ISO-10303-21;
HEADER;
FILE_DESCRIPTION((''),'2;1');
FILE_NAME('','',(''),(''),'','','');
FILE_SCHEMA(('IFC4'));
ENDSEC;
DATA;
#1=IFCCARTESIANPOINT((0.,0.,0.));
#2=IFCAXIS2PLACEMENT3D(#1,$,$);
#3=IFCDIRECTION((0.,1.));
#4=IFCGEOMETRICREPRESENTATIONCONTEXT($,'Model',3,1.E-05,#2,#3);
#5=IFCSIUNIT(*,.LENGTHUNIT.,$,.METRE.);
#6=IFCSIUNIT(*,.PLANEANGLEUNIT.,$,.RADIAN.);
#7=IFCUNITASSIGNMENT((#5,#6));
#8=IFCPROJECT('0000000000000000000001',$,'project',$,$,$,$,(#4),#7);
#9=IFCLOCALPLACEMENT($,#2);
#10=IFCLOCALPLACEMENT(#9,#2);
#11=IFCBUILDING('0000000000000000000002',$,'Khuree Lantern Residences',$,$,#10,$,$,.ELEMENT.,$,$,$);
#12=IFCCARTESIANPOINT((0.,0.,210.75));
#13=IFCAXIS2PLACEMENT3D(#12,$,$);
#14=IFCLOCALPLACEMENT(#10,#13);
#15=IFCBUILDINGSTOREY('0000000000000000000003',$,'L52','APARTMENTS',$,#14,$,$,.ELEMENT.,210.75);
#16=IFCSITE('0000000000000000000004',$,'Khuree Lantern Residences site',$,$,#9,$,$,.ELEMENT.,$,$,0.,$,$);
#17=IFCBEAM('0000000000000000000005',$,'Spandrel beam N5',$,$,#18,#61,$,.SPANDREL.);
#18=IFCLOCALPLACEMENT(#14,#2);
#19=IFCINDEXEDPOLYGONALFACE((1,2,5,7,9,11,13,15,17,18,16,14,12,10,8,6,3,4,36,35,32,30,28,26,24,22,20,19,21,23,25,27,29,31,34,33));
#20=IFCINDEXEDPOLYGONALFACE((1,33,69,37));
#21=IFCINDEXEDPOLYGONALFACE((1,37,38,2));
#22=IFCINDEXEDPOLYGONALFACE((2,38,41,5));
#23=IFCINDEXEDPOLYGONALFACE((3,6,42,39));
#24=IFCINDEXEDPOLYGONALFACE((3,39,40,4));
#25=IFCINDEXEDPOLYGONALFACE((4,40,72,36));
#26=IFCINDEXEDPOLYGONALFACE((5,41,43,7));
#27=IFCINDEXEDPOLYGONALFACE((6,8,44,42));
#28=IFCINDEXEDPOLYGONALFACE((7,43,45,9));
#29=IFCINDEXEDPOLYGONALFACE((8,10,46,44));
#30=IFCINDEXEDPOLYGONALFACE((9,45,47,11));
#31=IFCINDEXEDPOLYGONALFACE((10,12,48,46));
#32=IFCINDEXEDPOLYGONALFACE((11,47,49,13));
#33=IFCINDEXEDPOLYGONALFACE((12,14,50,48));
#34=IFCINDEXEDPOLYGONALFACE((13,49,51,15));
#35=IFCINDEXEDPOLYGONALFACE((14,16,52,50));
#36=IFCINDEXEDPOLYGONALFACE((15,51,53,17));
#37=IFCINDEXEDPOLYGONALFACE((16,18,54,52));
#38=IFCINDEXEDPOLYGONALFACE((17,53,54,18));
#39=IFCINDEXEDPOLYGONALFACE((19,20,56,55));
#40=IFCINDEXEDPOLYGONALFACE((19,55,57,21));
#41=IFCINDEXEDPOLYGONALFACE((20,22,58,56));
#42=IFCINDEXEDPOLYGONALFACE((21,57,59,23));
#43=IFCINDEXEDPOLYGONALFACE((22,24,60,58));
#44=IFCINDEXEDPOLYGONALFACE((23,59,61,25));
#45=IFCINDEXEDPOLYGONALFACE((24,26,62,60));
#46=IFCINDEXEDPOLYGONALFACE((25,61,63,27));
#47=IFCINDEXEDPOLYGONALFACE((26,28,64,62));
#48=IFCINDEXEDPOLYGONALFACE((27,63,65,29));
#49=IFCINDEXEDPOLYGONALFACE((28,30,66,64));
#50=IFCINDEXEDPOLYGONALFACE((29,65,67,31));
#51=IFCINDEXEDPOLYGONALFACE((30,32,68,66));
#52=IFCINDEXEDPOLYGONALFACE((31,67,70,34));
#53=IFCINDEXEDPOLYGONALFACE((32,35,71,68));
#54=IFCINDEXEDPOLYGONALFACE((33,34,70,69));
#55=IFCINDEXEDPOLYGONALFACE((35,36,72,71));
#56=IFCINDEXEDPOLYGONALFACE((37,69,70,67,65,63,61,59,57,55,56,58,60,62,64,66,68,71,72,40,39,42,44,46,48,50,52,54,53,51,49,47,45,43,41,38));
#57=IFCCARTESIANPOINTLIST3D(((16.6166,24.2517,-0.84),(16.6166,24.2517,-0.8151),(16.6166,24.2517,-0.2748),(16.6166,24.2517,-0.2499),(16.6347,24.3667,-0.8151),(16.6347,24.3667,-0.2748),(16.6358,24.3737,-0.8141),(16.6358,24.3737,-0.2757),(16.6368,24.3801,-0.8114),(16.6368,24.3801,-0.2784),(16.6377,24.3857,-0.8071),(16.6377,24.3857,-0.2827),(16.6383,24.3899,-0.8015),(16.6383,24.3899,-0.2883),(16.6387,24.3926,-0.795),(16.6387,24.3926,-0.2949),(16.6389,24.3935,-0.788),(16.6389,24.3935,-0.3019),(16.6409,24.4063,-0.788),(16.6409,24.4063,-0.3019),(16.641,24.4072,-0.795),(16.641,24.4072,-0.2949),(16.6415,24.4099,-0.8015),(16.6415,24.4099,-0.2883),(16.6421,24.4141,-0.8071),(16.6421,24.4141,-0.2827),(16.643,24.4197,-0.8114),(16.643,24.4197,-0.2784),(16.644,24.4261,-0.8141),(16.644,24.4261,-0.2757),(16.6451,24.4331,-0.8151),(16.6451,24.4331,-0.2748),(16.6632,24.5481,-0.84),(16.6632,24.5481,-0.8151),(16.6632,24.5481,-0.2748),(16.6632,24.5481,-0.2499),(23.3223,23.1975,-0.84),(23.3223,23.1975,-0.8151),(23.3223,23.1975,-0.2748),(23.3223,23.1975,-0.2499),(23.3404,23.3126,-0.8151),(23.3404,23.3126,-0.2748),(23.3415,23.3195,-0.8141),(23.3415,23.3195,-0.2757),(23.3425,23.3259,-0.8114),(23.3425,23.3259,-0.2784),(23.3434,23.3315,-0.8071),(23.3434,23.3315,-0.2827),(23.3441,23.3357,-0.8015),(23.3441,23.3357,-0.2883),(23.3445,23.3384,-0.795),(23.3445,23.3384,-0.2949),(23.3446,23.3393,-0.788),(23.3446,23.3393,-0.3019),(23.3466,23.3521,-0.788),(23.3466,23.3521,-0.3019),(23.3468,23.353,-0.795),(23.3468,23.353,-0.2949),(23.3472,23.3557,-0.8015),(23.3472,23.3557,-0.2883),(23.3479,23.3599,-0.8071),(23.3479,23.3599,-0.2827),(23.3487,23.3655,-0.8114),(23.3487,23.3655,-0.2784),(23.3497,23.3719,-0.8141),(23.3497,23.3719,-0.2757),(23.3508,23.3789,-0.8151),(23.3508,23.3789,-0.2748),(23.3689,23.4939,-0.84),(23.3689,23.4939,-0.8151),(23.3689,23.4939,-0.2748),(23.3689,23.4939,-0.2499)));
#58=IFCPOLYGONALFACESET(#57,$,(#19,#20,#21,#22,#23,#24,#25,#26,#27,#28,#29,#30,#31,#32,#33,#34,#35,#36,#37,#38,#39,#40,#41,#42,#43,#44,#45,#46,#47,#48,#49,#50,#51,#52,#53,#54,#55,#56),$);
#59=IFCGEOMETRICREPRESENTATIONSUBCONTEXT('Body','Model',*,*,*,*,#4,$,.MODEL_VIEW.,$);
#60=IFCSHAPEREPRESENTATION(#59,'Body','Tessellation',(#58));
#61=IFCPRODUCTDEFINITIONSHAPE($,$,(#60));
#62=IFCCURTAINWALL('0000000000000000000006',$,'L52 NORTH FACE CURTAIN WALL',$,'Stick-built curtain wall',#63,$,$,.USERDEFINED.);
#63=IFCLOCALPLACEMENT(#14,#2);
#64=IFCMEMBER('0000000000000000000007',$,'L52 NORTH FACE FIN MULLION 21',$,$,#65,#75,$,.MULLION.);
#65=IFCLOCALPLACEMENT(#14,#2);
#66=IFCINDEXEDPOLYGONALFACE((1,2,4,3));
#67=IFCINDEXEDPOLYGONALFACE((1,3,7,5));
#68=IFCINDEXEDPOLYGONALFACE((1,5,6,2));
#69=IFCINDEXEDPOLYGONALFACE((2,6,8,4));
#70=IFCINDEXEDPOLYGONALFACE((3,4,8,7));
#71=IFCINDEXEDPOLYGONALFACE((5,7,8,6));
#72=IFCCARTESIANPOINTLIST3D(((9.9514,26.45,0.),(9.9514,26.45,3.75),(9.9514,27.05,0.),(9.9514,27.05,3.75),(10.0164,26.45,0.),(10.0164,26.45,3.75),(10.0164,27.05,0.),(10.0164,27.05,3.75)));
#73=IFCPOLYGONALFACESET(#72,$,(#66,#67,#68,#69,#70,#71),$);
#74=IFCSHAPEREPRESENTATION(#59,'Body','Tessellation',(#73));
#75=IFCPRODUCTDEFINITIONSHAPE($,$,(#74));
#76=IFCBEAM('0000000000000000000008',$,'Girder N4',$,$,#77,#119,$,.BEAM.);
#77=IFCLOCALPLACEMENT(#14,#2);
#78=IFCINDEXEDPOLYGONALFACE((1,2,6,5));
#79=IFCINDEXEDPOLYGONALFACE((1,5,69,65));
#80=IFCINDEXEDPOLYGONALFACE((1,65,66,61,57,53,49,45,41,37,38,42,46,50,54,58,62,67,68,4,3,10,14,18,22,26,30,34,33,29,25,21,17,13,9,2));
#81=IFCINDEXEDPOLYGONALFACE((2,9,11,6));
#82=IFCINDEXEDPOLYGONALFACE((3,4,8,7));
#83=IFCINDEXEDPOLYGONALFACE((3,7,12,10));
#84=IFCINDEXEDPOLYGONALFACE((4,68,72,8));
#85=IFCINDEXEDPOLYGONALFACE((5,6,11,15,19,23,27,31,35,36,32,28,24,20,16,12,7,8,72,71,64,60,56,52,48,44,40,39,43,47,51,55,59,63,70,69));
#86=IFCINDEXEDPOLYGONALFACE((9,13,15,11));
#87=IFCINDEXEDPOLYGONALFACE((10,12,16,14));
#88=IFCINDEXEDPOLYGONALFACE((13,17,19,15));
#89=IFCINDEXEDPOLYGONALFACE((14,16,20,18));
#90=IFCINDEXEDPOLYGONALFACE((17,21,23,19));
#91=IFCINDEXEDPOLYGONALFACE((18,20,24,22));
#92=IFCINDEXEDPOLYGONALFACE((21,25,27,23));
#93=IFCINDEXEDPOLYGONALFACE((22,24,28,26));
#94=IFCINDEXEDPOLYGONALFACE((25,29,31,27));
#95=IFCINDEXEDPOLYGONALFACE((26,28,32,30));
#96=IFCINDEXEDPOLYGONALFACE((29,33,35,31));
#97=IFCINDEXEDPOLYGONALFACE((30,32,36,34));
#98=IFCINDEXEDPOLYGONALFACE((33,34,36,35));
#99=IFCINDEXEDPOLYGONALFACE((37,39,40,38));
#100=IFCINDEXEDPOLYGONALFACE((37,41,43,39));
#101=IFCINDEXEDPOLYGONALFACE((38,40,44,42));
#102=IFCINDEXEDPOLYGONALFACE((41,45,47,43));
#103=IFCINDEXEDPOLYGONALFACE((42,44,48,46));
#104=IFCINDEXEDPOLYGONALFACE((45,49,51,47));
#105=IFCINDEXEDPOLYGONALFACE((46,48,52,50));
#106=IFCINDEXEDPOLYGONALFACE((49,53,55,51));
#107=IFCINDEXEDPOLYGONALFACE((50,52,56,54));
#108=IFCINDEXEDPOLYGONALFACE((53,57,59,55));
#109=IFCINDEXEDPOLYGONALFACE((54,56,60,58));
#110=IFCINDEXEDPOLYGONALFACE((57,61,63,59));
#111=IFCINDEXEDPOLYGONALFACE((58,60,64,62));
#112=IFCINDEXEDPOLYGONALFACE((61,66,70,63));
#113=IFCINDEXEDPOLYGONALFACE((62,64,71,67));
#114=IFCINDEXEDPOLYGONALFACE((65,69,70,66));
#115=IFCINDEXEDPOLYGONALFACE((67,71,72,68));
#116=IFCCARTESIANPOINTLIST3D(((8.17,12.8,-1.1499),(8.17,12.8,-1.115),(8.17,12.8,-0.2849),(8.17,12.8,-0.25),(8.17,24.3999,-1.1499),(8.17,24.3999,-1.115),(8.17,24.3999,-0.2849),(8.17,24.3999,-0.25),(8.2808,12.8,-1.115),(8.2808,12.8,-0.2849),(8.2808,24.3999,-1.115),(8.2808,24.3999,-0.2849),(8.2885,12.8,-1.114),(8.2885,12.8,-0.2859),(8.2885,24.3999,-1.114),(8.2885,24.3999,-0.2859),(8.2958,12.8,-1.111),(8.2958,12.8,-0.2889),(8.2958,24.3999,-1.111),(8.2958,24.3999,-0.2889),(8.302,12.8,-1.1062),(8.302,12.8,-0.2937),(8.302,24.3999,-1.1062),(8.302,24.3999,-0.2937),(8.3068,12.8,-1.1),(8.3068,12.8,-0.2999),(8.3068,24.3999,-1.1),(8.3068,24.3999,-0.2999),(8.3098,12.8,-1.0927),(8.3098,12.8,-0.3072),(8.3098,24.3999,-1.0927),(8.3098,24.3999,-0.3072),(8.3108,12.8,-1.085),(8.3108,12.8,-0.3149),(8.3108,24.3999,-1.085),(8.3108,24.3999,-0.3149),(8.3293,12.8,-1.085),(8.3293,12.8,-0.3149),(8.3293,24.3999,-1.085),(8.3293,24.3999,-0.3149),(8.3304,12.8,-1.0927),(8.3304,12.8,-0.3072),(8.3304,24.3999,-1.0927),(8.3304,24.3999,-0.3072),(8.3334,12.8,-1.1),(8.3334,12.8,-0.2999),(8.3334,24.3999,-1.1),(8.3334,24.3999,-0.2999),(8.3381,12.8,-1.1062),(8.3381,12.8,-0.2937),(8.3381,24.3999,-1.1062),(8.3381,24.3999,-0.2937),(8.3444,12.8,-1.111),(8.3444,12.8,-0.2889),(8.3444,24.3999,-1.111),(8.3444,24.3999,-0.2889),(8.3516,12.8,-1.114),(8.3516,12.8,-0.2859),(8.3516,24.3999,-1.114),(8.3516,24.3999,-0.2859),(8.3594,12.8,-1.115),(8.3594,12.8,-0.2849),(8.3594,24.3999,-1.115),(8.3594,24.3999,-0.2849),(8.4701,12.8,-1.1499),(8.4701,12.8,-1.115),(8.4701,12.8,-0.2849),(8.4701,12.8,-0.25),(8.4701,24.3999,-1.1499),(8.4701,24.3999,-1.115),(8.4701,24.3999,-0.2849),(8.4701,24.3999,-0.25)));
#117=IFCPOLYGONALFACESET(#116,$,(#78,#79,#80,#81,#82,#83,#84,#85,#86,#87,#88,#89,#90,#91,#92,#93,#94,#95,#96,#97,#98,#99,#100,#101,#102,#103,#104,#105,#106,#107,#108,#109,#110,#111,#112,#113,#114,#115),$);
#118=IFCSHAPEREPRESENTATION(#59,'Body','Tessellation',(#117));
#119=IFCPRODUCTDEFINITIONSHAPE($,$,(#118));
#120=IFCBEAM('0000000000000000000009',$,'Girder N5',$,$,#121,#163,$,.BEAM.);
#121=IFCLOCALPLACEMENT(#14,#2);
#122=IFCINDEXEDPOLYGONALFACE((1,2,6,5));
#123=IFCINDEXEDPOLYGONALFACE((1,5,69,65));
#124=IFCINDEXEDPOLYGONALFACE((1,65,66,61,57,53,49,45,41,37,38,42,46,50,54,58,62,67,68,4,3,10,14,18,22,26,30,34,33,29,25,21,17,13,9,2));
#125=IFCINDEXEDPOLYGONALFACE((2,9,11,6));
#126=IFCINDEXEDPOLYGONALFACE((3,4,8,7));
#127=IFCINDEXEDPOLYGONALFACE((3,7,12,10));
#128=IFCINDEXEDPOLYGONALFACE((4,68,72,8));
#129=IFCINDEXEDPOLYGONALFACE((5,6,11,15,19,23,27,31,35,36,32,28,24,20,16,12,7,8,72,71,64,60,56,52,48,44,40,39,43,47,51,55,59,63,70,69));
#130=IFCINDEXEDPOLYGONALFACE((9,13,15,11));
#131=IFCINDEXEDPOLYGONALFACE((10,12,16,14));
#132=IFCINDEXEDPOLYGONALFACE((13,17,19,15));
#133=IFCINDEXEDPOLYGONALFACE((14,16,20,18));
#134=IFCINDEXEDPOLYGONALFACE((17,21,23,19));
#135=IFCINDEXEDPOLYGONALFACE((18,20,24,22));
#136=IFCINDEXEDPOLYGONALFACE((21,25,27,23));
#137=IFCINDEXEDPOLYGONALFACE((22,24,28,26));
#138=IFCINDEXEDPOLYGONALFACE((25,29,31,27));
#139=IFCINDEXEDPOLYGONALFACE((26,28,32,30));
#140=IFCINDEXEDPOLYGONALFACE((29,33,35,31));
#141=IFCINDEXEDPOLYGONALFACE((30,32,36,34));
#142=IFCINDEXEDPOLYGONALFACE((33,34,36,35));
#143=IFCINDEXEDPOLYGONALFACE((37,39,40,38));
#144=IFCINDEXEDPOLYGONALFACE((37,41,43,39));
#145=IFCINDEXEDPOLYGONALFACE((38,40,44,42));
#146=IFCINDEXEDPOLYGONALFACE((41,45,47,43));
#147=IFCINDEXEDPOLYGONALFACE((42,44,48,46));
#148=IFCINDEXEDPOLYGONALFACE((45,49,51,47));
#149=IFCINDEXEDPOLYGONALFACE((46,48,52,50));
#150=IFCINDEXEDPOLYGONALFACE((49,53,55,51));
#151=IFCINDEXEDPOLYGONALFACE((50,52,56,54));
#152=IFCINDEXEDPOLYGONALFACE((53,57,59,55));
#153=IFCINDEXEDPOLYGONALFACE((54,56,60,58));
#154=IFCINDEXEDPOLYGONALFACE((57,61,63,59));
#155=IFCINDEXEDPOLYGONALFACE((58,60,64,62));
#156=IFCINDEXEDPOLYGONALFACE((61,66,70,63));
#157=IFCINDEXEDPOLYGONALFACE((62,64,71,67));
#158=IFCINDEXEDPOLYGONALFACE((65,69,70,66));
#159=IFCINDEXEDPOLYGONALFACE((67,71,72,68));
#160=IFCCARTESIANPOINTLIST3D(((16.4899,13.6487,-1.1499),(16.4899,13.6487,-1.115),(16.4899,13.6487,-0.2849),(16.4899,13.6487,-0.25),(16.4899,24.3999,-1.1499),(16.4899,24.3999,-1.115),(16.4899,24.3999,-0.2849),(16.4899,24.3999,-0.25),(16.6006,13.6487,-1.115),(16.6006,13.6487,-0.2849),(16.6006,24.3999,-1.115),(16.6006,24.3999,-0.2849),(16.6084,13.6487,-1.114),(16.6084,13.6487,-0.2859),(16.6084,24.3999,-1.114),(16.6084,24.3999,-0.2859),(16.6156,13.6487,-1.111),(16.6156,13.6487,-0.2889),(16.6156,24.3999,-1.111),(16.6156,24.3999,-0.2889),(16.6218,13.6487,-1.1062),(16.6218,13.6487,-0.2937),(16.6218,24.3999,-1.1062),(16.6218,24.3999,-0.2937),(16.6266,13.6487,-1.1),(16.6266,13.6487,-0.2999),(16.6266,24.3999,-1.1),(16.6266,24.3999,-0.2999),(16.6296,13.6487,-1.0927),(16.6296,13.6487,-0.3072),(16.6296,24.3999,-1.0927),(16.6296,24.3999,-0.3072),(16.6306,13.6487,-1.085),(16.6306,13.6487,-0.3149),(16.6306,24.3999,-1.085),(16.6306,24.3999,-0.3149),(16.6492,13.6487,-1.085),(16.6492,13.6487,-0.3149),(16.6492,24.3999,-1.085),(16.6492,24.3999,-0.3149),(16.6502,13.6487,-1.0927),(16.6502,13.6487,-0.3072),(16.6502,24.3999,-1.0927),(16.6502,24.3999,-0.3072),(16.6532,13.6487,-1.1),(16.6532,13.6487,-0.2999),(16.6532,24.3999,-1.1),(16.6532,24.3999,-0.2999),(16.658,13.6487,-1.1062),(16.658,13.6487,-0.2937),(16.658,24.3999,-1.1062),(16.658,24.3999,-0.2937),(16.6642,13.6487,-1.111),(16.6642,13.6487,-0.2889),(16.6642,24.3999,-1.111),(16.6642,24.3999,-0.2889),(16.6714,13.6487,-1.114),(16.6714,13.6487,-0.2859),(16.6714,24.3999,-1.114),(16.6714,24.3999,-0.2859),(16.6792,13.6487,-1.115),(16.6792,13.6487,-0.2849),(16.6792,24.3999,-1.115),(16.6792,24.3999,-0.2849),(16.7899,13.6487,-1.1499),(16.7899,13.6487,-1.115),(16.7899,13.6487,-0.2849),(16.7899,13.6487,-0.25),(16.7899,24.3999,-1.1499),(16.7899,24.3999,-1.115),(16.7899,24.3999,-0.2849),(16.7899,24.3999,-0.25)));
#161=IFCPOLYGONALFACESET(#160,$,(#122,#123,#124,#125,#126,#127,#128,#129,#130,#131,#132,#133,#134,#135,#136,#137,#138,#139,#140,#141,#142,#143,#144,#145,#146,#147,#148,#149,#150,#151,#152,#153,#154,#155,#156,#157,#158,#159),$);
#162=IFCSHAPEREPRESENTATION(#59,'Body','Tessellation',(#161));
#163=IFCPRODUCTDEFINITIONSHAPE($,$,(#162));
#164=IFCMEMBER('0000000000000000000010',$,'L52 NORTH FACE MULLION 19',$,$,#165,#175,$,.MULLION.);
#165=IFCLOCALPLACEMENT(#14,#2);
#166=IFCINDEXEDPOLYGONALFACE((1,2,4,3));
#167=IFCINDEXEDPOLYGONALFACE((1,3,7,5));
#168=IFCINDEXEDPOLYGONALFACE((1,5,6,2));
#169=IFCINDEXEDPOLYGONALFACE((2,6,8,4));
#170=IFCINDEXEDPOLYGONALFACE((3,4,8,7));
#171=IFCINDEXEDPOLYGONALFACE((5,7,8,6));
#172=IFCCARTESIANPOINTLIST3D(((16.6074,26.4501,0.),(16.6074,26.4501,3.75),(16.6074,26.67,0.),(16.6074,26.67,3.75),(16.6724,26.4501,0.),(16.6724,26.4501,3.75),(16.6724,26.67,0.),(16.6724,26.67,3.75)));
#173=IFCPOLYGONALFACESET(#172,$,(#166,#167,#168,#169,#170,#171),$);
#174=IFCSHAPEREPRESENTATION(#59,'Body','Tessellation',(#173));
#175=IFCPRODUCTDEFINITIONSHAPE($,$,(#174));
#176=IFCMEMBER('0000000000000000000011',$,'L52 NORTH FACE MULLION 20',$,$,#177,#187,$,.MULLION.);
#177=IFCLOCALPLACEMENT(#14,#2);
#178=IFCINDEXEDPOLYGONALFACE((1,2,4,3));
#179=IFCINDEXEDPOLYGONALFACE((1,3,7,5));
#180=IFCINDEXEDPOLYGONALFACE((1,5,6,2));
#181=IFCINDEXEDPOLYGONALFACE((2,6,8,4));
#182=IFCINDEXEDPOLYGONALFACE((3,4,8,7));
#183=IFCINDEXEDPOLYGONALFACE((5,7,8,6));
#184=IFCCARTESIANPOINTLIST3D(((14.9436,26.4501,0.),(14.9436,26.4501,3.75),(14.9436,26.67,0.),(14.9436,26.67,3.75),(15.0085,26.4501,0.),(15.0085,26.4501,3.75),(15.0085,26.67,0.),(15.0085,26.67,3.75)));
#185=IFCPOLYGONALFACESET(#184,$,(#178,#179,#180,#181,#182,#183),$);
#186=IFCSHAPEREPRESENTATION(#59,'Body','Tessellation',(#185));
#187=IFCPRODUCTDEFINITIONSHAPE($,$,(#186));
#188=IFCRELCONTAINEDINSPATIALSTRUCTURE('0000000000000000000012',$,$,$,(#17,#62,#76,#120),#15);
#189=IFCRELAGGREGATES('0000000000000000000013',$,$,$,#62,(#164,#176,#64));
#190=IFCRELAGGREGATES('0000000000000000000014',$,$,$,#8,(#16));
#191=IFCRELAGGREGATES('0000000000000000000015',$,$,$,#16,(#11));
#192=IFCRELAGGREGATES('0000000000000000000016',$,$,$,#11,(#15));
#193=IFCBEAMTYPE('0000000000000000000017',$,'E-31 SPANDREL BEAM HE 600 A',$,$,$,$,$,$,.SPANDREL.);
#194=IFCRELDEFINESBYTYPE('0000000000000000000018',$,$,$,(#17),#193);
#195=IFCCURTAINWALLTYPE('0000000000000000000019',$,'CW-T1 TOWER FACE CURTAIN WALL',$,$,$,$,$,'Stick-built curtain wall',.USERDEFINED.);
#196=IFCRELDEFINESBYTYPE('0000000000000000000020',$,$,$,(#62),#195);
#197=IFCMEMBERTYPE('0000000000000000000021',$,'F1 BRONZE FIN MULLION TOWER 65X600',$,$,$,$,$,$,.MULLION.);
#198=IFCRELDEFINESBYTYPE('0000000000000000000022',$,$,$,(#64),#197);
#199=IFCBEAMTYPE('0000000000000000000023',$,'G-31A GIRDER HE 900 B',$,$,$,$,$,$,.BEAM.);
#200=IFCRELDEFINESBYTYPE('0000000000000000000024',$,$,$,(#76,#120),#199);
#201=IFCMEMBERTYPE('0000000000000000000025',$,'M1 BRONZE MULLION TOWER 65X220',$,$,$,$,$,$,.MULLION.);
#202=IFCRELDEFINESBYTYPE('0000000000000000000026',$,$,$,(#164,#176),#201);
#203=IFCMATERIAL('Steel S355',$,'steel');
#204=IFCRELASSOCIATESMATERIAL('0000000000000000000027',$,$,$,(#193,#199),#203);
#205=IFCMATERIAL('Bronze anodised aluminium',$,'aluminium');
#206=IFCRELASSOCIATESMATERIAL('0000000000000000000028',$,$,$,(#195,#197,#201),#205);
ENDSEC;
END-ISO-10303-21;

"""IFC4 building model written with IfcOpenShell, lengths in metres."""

from ifc_helpers import new_model, si_unit, direction, frame, origin, origin_2d, place, context, subcontext, project, spatial, rectangle, i_section, extrude, material, material_profile, profile_set, type_object, element, aggregate, save


model = new_model("IFC4")

# Units and contexts
model_context = context("Model", 3, precision=1e-05, world=origin(), true_north=direction((0.0, 1.0)))
body_context = subcontext(model_context, "Body", "Model", "MODEL_VIEW")
ifc_project = project(units=[si_unit("LENGTHUNIT", "METRE"), si_unit("PLANEANGLEUNIT", "RADIAN")], contexts=[model_context])

# Site, building, storey
site_placement = place(None, origin())
site = spatial("IfcSite", under=ifc_project, at=site_placement, Name="Khuree Lantern Residences site", CompositionType="ELEMENT", RefElevation=0.0)
building_placement = place(site_placement, origin())
building = spatial("IfcBuilding", under=site, at=building_placement, Name="Khuree Lantern Residences", CompositionType="ELEMENT")
storey_placement = place(building_placement, frame((0.0, 0.0, 210.75)))
storey = spatial("IfcBuildingStorey", under=building, at=storey_placement, Name="L52", Description="APARTMENTS", CompositionType="ELEMENT", Elevation=210.75)

# Beam
ifc_material_1 = material(Name="Steel S355", Category="steel")
ifc_material_profile_1 = material_profile(ifc_material_1, i_section(OverallWidth=0.3, OverallDepth=0.5901, WebThickness=0.0129, FlangeThickness=0.0249, FilletRadius=0.0271, at=origin_2d()), Name="HE 600 A")
ifc_profile_set_1 = profile_set([ifc_material_profile_1], Name="Steel S355")
beam_type_1 = type_object("IfcBeamType", Name="E-31 SPANDREL BEAM HE 600 A", PredefinedType="SPANDREL", material=ifc_profile_set_1)
beam_1_placement = place(storey_placement, frame((16.6399, 24.3999, -0.5449), z_axis=(0.987867, -0.1553, 0.0), x_axis=(0.1553, 0.987867, 0.0)))
element("IfcBeam", 1, at=beam_1_placement, inside=storey, type_object=beam_type_1, Name="Spandrel beam N5", PredefinedType="SPANDREL", context=body_context, shape_type="SweptSolid", body=[
    extrude(i_section(OverallWidth=0.3, OverallDepth=0.5901, WebThickness=0.0129, FlangeThickness=0.0249, FilletRadius=0.0271, at=origin_2d()), origin(), (0.0, 0.0, 1.0), 6.7881),
])

# Curtain wall, member
ifc_material_2 = material(Name="Bronze anodised aluminium", Category="aluminium")
curtain_wall_type = type_object("IfcCurtainWallType", Name="CW-T1 TOWER FACE CURTAIN WALL", ElementType="Stick-built curtain wall", PredefinedType="USERDEFINED", material=ifc_material_2)
curtain_wall_placement = place(storey_placement, origin())
curtain_wall = element("IfcCurtainWall", 2, at=curtain_wall_placement, inside=storey, type_object=curtain_wall_type, Name="L52 NORTH FACE CURTAIN WALL", ObjectType="Stick-built curtain wall", PredefinedType="USERDEFINED")
ifc_material_profile_2 = material_profile(ifc_material_2, rectangle(XDim=0.0649, YDim=0.6001, at=origin_2d()), Name="F1 65X600")
ifc_profile_set_2 = profile_set([ifc_material_profile_2], Name="Bronze anodised aluminium")
member_type_1 = type_object("IfcMemberType", Name="F1 BRONZE FIN MULLION TOWER 65X600", PredefinedType="MULLION", material=ifc_profile_set_2)
member_1_placement = place(storey_placement, frame((9.9839, 26.75, 0.0), z_axis=(0.0, 0.0, 1.0), x_axis=(-1.0, 0.0, 0.0)))
member_1 = element("IfcMember", 3, at=member_1_placement, type_object=member_type_1, Name="L52 NORTH FACE FIN MULLION 21", PredefinedType="MULLION", context=body_context, shape_type="SweptSolid", body=[
    extrude(rectangle(XDim=0.0649, YDim=0.6001, at=origin_2d()), origin(), (0.0, 0.0, 1.0), 3.75),
])

# Beams
ifc_material_profile_3 = material_profile(ifc_material_1, i_section(OverallWidth=0.3, OverallDepth=0.8999, WebThickness=0.0186, FlangeThickness=0.0349, FilletRadius=0.03, at=origin_2d()), Name="HE 900 B")
ifc_profile_set_3 = profile_set([ifc_material_profile_3], Name="Steel S355")
beam_type_2 = type_object("IfcBeamType", Name="G-31A GIRDER HE 900 B", PredefinedType="BEAM", material=ifc_profile_set_3)
beam_2_placement = place(storey_placement, frame((8.3201, 24.3999, -0.7), z_axis=(0.0, -1.0, 0.0), x_axis=(1.0, 0.0, 0.0)))
element("IfcBeam", 4, at=beam_2_placement, inside=storey, type_object=beam_type_2, Name="Girder N4", PredefinedType="BEAM", context=body_context, shape_type="SweptSolid", body=[
    extrude(i_section(OverallWidth=0.3, OverallDepth=0.8999, WebThickness=0.0186, FlangeThickness=0.0349, FilletRadius=0.03, at=origin_2d()), origin(), (0.0, 0.0, 1.0), 11.5999),
])
beam_3_placement = place(storey_placement, frame((16.6399, 24.3999, -0.7), z_axis=(0.0, -1.0, 0.0), x_axis=(1.0, 0.0, 0.0)))
element("IfcBeam", 5, at=beam_3_placement, inside=storey, type_object=beam_type_2, Name="Girder N5", PredefinedType="BEAM", context=body_context, shape_type="SweptSolid", body=[
    extrude(i_section(OverallWidth=0.3, OverallDepth=0.8999, WebThickness=0.0186, FlangeThickness=0.0349, FilletRadius=0.03, at=origin_2d()), origin(), (0.0, 0.0, 1.0), 10.7512),
])

# Members
ifc_material_profile_4 = material_profile(ifc_material_2, rectangle(XDim=0.0649, YDim=0.22, at=origin_2d()), Name="M1 65X220")
ifc_profile_set_4 = profile_set([ifc_material_profile_4], Name="Bronze anodised aluminium")
member_type_2 = type_object("IfcMemberType", Name="M1 BRONZE MULLION TOWER 65X220", PredefinedType="MULLION", material=ifc_profile_set_4)
member_2_placement = place(storey_placement, frame((16.6399, 26.5601, 0.0), z_axis=(0.0, 0.0, 1.0), x_axis=(-1.0, 0.0, 0.0)))
member_2 = element("IfcMember", 6, at=member_2_placement, type_object=member_type_2, Name="L52 NORTH FACE MULLION 19", PredefinedType="MULLION", context=body_context, shape_type="SweptSolid", body=[
    extrude(rectangle(XDim=0.0649, YDim=0.22, at=origin_2d()), origin(), (0.0, 0.0, 1.0), 3.75),
])
member_3_placement = place(storey_placement, frame((14.9761, 26.5601, 0.0), z_axis=(0.0, 0.0, 1.0), x_axis=(-1.0, 0.0, 0.0)))
member_3 = element("IfcMember", 7, at=member_3_placement, type_object=member_type_2, Name="L52 NORTH FACE MULLION 20", PredefinedType="MULLION", context=body_context, shape_type="SweptSolid", body=[
    extrude(rectangle(XDim=0.0649, YDim=0.22, at=origin_2d()), origin(), (0.0, 0.0, 1.0), 3.75),
])

aggregate(curtain_wall, [member_2, member_3, member_1])

save(model, "model.ifc")
